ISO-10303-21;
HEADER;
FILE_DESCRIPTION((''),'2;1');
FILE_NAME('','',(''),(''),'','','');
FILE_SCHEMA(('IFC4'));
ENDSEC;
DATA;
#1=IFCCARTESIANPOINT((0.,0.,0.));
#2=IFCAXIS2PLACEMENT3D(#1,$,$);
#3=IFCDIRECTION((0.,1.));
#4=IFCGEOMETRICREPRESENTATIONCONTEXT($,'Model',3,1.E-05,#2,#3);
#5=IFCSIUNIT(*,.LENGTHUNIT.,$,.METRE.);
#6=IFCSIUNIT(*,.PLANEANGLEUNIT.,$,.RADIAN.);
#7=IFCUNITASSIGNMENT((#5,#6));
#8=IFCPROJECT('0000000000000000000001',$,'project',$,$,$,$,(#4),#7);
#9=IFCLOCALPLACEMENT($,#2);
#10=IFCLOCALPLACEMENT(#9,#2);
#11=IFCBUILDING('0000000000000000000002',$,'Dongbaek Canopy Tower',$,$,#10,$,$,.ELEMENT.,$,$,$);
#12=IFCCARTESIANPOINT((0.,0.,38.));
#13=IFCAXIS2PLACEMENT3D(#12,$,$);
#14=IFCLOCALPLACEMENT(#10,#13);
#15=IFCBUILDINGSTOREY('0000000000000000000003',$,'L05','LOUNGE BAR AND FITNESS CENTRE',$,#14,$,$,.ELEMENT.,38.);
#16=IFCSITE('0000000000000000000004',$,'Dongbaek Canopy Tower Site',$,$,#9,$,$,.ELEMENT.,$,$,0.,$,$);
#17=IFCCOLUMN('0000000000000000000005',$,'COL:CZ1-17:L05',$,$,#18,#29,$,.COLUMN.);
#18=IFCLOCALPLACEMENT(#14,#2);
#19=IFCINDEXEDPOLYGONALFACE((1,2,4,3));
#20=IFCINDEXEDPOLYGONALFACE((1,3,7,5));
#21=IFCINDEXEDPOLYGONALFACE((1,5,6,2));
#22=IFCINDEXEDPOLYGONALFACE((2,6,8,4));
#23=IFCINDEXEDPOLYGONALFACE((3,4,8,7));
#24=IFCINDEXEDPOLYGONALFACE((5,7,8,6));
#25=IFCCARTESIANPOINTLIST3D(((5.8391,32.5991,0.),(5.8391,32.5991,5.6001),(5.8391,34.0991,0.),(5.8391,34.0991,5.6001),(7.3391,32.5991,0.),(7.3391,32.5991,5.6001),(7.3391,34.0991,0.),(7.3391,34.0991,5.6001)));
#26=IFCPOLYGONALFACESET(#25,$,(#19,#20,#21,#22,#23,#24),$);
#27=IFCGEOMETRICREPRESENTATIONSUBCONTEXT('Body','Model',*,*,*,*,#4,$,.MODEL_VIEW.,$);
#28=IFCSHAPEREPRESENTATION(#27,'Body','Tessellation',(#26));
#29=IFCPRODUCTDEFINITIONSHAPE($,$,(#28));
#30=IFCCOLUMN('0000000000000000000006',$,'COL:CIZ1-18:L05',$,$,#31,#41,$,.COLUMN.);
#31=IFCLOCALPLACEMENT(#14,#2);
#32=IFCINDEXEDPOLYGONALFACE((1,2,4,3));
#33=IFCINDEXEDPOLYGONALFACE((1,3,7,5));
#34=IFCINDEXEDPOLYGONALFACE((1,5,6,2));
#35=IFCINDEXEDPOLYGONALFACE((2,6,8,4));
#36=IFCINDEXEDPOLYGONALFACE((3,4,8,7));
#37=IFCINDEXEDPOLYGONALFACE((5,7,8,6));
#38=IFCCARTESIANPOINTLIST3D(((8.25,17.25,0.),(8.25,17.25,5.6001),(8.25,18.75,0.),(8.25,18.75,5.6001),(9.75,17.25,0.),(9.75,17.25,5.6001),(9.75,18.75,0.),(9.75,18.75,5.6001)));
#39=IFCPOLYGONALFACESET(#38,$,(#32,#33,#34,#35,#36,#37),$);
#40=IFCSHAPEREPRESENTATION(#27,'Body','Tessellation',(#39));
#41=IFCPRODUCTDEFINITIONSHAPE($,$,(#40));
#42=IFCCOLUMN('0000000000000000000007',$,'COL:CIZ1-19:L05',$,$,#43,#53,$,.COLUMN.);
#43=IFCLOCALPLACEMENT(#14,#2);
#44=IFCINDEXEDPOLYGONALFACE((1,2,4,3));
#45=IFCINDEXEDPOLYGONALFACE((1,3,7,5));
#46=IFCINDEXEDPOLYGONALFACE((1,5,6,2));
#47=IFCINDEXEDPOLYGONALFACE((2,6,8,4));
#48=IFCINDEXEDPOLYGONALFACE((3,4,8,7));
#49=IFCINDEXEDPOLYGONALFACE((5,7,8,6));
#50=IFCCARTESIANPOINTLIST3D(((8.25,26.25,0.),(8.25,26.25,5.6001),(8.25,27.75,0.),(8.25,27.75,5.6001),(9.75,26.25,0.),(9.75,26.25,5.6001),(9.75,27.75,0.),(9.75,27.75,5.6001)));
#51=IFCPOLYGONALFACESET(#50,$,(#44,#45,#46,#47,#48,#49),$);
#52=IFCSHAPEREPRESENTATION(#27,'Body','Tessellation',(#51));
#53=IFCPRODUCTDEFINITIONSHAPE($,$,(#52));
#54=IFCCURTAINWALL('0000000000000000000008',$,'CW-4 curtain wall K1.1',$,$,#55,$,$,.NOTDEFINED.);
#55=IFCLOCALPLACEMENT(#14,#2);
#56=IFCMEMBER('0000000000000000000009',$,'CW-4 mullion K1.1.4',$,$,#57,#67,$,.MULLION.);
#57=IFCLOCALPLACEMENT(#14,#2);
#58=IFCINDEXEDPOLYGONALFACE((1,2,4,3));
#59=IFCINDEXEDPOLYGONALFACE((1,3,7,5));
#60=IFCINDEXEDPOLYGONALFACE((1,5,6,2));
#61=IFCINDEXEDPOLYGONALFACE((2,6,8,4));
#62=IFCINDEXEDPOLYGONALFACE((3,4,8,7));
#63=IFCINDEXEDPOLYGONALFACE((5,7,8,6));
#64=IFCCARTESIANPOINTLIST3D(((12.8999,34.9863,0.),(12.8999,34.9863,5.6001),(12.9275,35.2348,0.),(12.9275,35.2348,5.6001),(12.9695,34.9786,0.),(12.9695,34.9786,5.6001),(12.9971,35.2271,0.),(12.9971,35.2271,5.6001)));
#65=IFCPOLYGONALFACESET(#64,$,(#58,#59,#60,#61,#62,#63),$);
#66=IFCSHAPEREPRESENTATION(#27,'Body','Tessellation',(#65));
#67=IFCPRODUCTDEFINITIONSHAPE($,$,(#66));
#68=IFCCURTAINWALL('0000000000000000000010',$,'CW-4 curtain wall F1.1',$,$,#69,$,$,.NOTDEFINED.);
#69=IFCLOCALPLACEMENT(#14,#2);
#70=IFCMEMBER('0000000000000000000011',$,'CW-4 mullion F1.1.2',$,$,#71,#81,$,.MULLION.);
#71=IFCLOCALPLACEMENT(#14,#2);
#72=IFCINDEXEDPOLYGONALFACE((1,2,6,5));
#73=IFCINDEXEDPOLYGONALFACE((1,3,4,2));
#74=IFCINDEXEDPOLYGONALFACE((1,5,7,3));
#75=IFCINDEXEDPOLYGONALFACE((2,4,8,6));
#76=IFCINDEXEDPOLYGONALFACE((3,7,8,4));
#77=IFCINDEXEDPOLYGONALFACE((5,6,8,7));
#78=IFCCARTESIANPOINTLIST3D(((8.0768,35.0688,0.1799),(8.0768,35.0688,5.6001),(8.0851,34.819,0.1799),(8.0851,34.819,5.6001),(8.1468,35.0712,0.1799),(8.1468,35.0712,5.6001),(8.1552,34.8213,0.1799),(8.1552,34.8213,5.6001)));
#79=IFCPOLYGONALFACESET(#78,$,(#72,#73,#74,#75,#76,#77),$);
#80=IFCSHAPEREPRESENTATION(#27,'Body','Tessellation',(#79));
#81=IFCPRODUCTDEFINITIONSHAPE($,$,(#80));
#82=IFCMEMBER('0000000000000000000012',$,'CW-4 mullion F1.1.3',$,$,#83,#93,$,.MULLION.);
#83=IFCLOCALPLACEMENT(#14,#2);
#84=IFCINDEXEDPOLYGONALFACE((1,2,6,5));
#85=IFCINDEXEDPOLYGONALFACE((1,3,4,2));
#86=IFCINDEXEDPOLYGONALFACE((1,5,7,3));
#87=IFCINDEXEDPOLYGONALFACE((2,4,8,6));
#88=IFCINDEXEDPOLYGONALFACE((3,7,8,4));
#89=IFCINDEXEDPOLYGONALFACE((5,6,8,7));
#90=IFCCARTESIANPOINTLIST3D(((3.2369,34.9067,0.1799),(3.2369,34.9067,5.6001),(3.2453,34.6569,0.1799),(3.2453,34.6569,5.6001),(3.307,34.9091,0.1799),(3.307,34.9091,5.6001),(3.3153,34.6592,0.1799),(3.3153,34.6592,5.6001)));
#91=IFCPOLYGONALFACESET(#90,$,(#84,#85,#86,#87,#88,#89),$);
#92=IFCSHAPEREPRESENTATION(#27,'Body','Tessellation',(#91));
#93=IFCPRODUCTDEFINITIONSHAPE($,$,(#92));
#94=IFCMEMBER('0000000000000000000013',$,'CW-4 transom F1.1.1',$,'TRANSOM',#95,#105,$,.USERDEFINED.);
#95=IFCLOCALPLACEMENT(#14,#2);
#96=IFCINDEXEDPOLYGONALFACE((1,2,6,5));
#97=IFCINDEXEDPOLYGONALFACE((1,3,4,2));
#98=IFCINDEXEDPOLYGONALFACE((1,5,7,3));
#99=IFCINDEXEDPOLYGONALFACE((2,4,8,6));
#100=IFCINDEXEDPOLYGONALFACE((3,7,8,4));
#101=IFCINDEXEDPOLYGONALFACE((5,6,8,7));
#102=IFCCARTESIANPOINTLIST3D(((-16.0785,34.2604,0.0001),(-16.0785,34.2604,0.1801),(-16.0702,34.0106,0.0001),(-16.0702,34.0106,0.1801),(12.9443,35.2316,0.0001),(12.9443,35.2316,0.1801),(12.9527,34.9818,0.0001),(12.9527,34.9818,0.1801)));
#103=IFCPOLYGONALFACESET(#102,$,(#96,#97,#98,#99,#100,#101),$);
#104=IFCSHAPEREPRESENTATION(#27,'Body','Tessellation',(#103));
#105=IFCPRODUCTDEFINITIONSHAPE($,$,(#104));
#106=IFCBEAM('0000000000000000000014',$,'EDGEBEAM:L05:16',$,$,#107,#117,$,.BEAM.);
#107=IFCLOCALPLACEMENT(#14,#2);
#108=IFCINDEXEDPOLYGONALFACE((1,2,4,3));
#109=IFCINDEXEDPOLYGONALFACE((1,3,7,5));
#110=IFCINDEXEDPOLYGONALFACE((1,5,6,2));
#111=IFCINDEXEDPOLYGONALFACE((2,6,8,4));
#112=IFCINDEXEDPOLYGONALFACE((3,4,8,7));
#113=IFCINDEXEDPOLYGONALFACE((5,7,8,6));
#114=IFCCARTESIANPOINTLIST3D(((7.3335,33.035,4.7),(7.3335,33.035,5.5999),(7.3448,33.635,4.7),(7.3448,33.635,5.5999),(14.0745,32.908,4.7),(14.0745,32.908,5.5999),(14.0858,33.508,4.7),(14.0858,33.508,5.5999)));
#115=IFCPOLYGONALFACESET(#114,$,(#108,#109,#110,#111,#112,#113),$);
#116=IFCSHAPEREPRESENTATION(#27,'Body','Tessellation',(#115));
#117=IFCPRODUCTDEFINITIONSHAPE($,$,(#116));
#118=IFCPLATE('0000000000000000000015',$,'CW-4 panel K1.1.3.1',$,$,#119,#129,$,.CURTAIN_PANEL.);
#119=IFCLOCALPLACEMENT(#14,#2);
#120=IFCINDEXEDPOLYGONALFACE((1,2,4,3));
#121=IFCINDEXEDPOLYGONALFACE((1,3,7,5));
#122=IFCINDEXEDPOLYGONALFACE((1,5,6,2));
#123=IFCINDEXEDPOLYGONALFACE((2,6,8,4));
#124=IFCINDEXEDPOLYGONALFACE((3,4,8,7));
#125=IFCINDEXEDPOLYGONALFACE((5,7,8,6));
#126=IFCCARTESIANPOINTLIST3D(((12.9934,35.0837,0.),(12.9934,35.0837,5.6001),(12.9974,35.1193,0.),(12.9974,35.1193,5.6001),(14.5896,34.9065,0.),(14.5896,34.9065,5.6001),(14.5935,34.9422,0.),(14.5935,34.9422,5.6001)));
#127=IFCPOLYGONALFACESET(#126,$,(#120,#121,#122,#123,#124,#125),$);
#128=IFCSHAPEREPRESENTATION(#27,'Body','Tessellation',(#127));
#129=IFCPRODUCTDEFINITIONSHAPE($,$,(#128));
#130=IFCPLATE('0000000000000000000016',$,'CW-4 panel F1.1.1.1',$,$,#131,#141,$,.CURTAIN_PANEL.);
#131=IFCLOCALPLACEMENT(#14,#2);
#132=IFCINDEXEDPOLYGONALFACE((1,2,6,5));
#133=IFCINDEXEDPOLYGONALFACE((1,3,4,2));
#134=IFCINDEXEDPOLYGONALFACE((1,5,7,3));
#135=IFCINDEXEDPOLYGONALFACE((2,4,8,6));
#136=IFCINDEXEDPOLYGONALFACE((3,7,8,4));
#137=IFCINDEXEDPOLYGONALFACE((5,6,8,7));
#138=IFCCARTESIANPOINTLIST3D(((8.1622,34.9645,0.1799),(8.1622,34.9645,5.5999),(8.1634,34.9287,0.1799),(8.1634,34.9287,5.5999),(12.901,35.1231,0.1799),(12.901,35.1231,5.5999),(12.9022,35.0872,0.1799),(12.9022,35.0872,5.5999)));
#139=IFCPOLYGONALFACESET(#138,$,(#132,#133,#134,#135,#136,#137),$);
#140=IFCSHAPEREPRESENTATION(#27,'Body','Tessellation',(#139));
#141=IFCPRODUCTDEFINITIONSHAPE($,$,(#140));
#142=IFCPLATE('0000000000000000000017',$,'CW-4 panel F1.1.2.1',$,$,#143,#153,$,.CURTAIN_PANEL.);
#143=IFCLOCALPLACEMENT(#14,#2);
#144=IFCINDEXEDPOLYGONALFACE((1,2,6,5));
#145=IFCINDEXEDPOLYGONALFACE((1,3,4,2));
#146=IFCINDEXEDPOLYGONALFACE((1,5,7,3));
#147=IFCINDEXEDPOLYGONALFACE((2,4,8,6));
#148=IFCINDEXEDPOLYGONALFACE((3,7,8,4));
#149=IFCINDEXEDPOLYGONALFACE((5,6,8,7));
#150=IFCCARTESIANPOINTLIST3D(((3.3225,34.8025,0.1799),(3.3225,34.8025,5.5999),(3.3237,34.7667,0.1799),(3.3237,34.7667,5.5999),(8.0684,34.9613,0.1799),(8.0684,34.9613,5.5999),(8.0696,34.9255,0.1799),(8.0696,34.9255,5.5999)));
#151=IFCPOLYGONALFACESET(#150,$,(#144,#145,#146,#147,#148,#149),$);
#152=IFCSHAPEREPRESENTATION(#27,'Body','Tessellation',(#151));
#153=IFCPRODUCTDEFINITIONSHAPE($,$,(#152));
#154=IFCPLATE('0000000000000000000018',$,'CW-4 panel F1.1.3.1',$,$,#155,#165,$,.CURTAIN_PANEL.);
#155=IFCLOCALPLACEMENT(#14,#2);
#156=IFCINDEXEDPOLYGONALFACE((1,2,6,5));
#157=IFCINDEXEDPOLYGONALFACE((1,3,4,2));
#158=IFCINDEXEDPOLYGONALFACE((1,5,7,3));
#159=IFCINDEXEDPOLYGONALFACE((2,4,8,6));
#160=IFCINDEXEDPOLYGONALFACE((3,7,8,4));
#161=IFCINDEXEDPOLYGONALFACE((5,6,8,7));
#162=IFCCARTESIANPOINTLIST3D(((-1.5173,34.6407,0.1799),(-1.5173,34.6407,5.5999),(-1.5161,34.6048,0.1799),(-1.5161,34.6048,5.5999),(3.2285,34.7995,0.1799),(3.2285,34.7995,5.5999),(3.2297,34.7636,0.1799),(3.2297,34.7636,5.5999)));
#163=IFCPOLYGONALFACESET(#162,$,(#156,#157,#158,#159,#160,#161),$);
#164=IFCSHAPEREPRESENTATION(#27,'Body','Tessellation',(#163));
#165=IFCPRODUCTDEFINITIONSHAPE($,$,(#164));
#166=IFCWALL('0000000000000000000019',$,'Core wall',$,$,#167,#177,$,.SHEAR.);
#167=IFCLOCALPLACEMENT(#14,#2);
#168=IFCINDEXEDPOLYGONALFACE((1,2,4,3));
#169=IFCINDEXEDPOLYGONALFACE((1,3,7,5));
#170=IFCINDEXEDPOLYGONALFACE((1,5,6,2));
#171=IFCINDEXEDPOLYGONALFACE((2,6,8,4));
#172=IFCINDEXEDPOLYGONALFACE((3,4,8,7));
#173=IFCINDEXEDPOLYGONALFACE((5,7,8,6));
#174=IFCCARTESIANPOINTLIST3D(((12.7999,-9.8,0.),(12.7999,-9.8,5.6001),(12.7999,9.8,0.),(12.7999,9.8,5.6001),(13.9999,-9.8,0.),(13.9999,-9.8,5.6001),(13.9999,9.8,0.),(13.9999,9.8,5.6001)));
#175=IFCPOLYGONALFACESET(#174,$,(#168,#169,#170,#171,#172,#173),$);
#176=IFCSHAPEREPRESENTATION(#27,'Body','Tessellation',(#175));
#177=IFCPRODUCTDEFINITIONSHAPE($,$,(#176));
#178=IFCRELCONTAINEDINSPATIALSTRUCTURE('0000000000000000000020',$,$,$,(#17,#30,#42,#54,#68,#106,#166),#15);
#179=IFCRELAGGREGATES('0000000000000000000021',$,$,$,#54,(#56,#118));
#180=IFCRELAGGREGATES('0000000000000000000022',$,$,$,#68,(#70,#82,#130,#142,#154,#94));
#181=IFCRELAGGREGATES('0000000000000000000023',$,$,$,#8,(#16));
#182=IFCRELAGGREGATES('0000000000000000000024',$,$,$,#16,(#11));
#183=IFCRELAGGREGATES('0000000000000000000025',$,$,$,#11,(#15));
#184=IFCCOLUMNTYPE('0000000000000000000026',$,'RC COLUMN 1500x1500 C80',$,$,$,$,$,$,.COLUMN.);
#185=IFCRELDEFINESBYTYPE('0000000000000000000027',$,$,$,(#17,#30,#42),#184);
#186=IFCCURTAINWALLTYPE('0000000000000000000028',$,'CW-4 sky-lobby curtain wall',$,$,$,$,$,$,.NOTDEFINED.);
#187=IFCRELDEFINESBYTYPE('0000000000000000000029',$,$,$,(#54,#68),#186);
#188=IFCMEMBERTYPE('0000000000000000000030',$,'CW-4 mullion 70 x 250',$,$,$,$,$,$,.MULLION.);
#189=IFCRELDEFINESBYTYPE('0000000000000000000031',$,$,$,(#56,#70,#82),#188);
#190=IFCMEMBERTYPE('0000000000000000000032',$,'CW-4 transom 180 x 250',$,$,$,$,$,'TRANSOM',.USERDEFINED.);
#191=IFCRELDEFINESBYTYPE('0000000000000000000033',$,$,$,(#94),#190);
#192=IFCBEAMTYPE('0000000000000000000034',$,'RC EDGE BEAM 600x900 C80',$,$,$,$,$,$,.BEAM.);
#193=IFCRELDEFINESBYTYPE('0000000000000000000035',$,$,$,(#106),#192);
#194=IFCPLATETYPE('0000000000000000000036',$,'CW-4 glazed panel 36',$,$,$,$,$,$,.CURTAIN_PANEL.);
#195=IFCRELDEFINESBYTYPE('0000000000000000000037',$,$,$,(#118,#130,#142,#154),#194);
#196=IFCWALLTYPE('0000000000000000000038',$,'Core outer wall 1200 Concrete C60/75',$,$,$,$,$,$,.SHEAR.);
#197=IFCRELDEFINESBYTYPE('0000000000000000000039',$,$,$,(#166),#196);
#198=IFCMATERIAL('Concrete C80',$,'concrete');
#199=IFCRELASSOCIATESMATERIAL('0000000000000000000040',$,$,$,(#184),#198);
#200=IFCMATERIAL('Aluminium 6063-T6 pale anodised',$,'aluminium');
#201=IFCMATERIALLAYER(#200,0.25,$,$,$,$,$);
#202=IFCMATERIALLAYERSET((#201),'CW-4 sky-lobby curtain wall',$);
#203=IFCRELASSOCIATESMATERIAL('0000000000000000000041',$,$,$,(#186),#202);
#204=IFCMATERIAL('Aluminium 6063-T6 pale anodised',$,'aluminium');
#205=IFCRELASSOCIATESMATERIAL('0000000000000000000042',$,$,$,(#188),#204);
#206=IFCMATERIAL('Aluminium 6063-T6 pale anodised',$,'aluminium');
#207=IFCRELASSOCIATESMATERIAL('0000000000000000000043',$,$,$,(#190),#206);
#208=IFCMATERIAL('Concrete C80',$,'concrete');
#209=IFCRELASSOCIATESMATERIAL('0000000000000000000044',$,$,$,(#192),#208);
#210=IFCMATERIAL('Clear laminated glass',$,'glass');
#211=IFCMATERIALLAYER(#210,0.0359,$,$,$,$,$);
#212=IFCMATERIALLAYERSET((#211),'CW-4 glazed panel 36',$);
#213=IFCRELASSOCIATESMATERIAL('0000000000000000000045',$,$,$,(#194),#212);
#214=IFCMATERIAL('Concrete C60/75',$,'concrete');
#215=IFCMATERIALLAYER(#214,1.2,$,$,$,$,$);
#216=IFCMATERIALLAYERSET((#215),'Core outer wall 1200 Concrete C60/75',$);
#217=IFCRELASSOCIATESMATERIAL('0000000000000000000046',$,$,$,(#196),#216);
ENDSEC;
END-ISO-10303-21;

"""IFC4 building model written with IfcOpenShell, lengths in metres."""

from ifc_helpers import new_model, si_unit, direction, frame, frame_2d, origin, origin_2d, place, context, subcontext, project, spatial, rectangle, extrude, material, layer, layer_set, material_profile, profile_set, type_object, element, aggregate, save


model = new_model("IFC4")

# Units and contexts
model_context = context("Model", 3, precision=1e-05, world=origin(), true_north=direction((0.0, 1.0)))
body_context = subcontext(model_context, "Body", "Model", "MODEL_VIEW")
ifc_project = project(units=[si_unit("LENGTHUNIT", "METRE"), si_unit("PLANEANGLEUNIT", "RADIAN")], contexts=[model_context])

# Site, building, storey
site_placement = place(None, origin())
site = spatial("IfcSite", under=ifc_project, at=site_placement, Name="Dongbaek Canopy Tower Site", CompositionType="ELEMENT", RefElevation=0.0)
building_placement = place(site_placement, origin())
building = spatial("IfcBuilding", under=site, at=building_placement, Name="Dongbaek Canopy Tower", CompositionType="ELEMENT")
storey_placement = place(building_placement, frame((0.0, 0.0, 38.0)))
storey = spatial("IfcBuildingStorey", under=building, at=storey_placement, Name="L05", Description="LOUNGE BAR AND FITNESS CENTRE", CompositionType="ELEMENT", Elevation=38.0)

# Columns
ifc_material_1 = material(Name="Concrete C80", Category="concrete")
ifc_material_profile_1 = material_profile(ifc_material_1, rectangle(XDim=1.5, YDim=1.5, at=origin_2d()), Name="RC COLUMN 1500x1500 C80")
ifc_profile_set_1 = profile_set([ifc_material_profile_1], Name="Concrete C80")
column_type = type_object("IfcColumnType", Name="RC COLUMN 1500x1500 C80", PredefinedType="COLUMN", material=ifc_profile_set_1)
for number, where, z_axis, x_axis, name in (
    (1, (6.5891, 33.3491, 0.0), (0.0, 0.0, 1.0), (1.0, 0.0, 0.0), "COL:CZ1-17:L05"),
    (2, (9.0, 18.0, 0.0), (0.0, 0.0, 1.0), (1.0, 0.0, 0.0), "COL:CIZ1-18:L05"),
    (3, (9.0, 27.0, 0.0), (0.0, 0.0, 1.0), (1.0, 0.0, 0.0), "COL:CIZ1-19:L05"),
):
    element("IfcColumn", number, at=place(storey_placement, frame(where, z_axis=z_axis, x_axis=x_axis)), inside=storey, type_object=column_type, Name=name, PredefinedType="COLUMN", context=body_context, shape_type="SweptSolid", body=[
        extrude(rectangle(XDim=1.5, YDim=1.5, at=origin_2d()), origin(), (0.0, 0.0, 1.0), 5.6001),
    ])

# Curtain wall, member
ifc_material_2 = material(Name="Aluminium 6063-T6 pale anodised", Category="aluminium")
ifc_layer_1 = layer(ifc_material_2, 0.25)
ifc_layer_set_1 = layer_set([ifc_layer_1], Name="CW-4 sky-lobby curtain wall")
curtain_wall_type = type_object("IfcCurtainWallType", Name="CW-4 sky-lobby curtain wall", PredefinedType="NOTDEFINED", material=ifc_layer_set_1)
curtain_wall_1_placement = place(storey_placement, origin())
curtain_wall_1 = element("IfcCurtainWall", 4, at=curtain_wall_1_placement, inside=storey, type_object=curtain_wall_type, Name="CW-4 curtain wall K1.1", PredefinedType="NOTDEFINED")
ifc_material_3 = material(Name="Aluminium 6063-T6 pale anodised", Category="aluminium")
ifc_material_profile_2 = material_profile(ifc_material_3, rectangle(XDim=0.25, YDim=0.0701, at=origin_2d()), Name="CW-4 mullion 70 x 250")
ifc_profile_set_2 = profile_set([ifc_material_profile_2], Name="Aluminium 6063-T6 pale anodised")
member_type_1 = type_object("IfcMemberType", Name="CW-4 mullion 70 x 250", PredefinedType="MULLION", material=ifc_profile_set_2)
member_1_placement = place(storey_placement, frame((12.9485, 35.1067, 0.0), z_axis=(0.0, 0.0, 1.0), x_axis=(0.110287, 0.9939, 0.0)))
member_1 = element("IfcMember", 5, at=member_1_placement, type_object=member_type_1, Name="CW-4 mullion K1.1.4", PredefinedType="MULLION", context=body_context, shape_type="SweptSolid", body=[
    extrude(rectangle(XDim=0.25, YDim=0.0701, at=origin_2d()), origin(), (0.0, 0.0, 1.0), 5.6001),
])

# Curtain wall, members
curtain_wall_2_placement = place(storey_placement, origin())
curtain_wall_2 = element("IfcCurtainWall", 6, at=curtain_wall_2_placement, inside=storey, type_object=curtain_wall_type, Name="CW-4 curtain wall F1.1", PredefinedType="NOTDEFINED")
member_2_placement = place(storey_placement, frame((8.116, 34.9451, 0.1799), z_axis=(0.0, 0.0, 1.0), x_axis=(-0.033442, 0.999441, 0.0)))
member_2 = element("IfcMember", 7, at=member_2_placement, type_object=member_type_1, Name="CW-4 mullion F1.1.2", PredefinedType="MULLION", context=body_context, shape_type="SweptSolid", body=[
    extrude(rectangle(XDim=0.25, YDim=0.0701, at=origin_2d()), origin(), (0.0, 0.0, 1.0), 5.4202),
])
member_3_placement = place(storey_placement, frame((3.2761, 34.783, 0.1799), z_axis=(0.0, 0.0, 1.0), x_axis=(-0.033442, 0.999441, 0.0)))
member_3 = element("IfcMember", 8, at=member_3_placement, type_object=member_type_1, Name="CW-4 mullion F1.1.3", PredefinedType="MULLION", context=body_context, shape_type="SweptSolid", body=[
    extrude(rectangle(XDim=0.25, YDim=0.0701, at=origin_2d()), origin(), (0.0, 0.0, 1.0), 5.4202),
])
ifc_material_4 = material(Name="Aluminium 6063-T6 pale anodised", Category="aluminium")
ifc_material_profile_3 = material_profile(ifc_material_4, rectangle(XDim=0.25, YDim=0.1799, at=origin_2d()), Name="CW-4 transom 180 x 250")
ifc_profile_set_3 = profile_set([ifc_material_profile_3], Name="Aluminium 6063-T6 pale anodised")
member_type_2 = type_object("IfcMemberType", Name="CW-4 transom 180 x 250", ElementType="TRANSOM", PredefinedType="USERDEFINED", material=ifc_profile_set_3)
member_4_placement = place(storey_placement, frame((12.9485, 35.1067, 0.0901), z_axis=(-0.999441, -0.033444, 0.0), x_axis=(0.033444, -0.999441, 0.0)))
member_4 = element("IfcMember", 9, at=member_4_placement, type_object=member_type_2, Name="CW-4 transom F1.1.1", ObjectType="TRANSOM", PredefinedType="USERDEFINED", context=body_context, shape_type="SweptSolid", body=[
    extrude(rectangle(XDim=0.25, YDim=0.1799, at=origin_2d()), origin(), (0.0, 0.0, 1.0), 29.0391),
])

# Beam
ifc_material_5 = material(Name="Concrete C80", Category="concrete")
ifc_material_profile_4 = material_profile(ifc_material_5, rectangle(XDim=0.6001, YDim=0.8999, at=origin_2d()), Name="RC EDGE BEAM 600x900 C80")
ifc_profile_set_4 = profile_set([ifc_material_profile_4], Name="Concrete C80")
beam_type = type_object("IfcBeamType", Name="RC EDGE BEAM 600x900 C80", PredefinedType="BEAM", material=ifc_profile_set_4)
beam_placement = place(storey_placement, frame((7.3391, 33.335, 5.1499), z_axis=(0.999823, -0.01883, 0.0), x_axis=(0.01883, 0.999823, 0.0)))
element("IfcBeam", 10, at=beam_placement, inside=storey, type_object=beam_type, Name="EDGEBEAM:L05:16", PredefinedType="BEAM", context=body_context, shape_type="SweptSolid", body=[
    extrude(rectangle(XDim=0.6001, YDim=0.8999, at=origin_2d()), origin(), (0.0, 0.0, 1.0), 6.7422),
])

# Plates
ifc_material_6 = material(Name="Clear laminated glass", Category="glass")
ifc_layer_2 = layer(ifc_material_6, 0.0359)
ifc_layer_set_2 = layer_set([ifc_layer_2], Name="CW-4 glazed panel 36")
plate_type = type_object("IfcPlateType", Name="CW-4 glazed panel 36", PredefinedType="CURTAIN_PANEL", material=ifc_layer_set_2)
plate_1_placement = place(storey_placement, frame((13.7935, 35.0129, 0.0), z_axis=(0.0, 0.0, 1.0), x_axis=(-0.9939, 0.110287, 0.0)))
plate_1 = element("IfcPlate", 11, at=plate_1_placement, type_object=plate_type, Name="CW-4 panel K1.1.3.1", PredefinedType="CURTAIN_PANEL", context=body_context, shape_type="SweptSolid", body=[
    extrude(rectangle(XDim=1.606, YDim=0.0359, at=origin_2d()), origin(), (0.0, 0.0, 1.0), 5.6001),
])
aggregate(curtain_wall_1, [member_1, plate_1])
plate_2_placement = place(storey_placement, frame((10.5322, 35.0259, 0.1799), z_axis=(0.0, 0.0, 1.0), x_axis=(-0.999441, -0.033442, 0.0)))
plate_2 = element("IfcPlate", 12, at=plate_2_placement, type_object=plate_type, Name="CW-4 panel F1.1.1.1", PredefinedType="CURTAIN_PANEL", context=body_context, shape_type="SweptSolid", body=[
    extrude(rectangle(XDim=4.7415, YDim=0.0359, at=origin_2d()), origin(), (0.0, 0.0, 1.0), 5.4199),
])
plate_3_placement = place(storey_placement, frame((5.696, 34.864, 0.1799), z_axis=(0.0, 0.0, 1.0), x_axis=(-0.999441, -0.033442, 0.0)))
plate_3 = element("IfcPlate", 13, at=plate_3_placement, type_object=plate_type, Name="CW-4 panel F1.1.2.1", PredefinedType="CURTAIN_PANEL", context=body_context, shape_type="SweptSolid", body=[
    extrude(rectangle(XDim=4.7485, YDim=0.0359, at=origin_2d()), origin(), (0.0, 0.0, 1.0), 5.4199),
])
plate_4_placement = place(storey_placement, frame((0.8562, 34.7021, 0.1799), z_axis=(0.0, 0.0, 1.0), x_axis=(-0.999441, -0.033442, 0.0)))
plate_4 = element("IfcPlate", 14, at=plate_4_placement, type_object=plate_type, Name="CW-4 panel F1.1.3.1", PredefinedType="CURTAIN_PANEL", context=body_context, shape_type="SweptSolid", body=[
    extrude(rectangle(XDim=4.7485, YDim=0.0359, at=origin_2d()), origin(), (0.0, 0.0, 1.0), 5.4199),
])

# Wall
ifc_material_7 = material(Name="Concrete C60/75", Category="concrete")
ifc_layer_3 = layer(ifc_material_7, 1.2)
ifc_layer_set_3 = layer_set([ifc_layer_3], Name="Core outer wall 1200 Concrete C60/75")
wall_type_1 = type_object("IfcWallType", Name="Core outer wall 1200 Concrete C60/75", PredefinedType="SHEAR", material=ifc_layer_set_3)
wall_1_placement = place(storey_placement, frame((13.3999, 9.8, 0.0), z_axis=(0.0, 0.0, 1.0), x_axis=(0.0, -1.0, 0.0)))
element("IfcWall", 15, at=wall_1_placement, inside=storey, type_object=wall_type_1, Name="Core wall", PredefinedType="SHEAR", context=body_context, shape_type="SweptSolid", body=[
    extrude(rectangle(XDim=19.6001, YDim=1.2, at=frame_2d((9.8, 0.0))), origin(), (0.0, 0.0, 1.0), 5.6001),
])

aggregate(curtain_wall_2, [member_2, member_3, plate_2, plate_3, plate_4, member_4])

save(model, "model.ifc")
